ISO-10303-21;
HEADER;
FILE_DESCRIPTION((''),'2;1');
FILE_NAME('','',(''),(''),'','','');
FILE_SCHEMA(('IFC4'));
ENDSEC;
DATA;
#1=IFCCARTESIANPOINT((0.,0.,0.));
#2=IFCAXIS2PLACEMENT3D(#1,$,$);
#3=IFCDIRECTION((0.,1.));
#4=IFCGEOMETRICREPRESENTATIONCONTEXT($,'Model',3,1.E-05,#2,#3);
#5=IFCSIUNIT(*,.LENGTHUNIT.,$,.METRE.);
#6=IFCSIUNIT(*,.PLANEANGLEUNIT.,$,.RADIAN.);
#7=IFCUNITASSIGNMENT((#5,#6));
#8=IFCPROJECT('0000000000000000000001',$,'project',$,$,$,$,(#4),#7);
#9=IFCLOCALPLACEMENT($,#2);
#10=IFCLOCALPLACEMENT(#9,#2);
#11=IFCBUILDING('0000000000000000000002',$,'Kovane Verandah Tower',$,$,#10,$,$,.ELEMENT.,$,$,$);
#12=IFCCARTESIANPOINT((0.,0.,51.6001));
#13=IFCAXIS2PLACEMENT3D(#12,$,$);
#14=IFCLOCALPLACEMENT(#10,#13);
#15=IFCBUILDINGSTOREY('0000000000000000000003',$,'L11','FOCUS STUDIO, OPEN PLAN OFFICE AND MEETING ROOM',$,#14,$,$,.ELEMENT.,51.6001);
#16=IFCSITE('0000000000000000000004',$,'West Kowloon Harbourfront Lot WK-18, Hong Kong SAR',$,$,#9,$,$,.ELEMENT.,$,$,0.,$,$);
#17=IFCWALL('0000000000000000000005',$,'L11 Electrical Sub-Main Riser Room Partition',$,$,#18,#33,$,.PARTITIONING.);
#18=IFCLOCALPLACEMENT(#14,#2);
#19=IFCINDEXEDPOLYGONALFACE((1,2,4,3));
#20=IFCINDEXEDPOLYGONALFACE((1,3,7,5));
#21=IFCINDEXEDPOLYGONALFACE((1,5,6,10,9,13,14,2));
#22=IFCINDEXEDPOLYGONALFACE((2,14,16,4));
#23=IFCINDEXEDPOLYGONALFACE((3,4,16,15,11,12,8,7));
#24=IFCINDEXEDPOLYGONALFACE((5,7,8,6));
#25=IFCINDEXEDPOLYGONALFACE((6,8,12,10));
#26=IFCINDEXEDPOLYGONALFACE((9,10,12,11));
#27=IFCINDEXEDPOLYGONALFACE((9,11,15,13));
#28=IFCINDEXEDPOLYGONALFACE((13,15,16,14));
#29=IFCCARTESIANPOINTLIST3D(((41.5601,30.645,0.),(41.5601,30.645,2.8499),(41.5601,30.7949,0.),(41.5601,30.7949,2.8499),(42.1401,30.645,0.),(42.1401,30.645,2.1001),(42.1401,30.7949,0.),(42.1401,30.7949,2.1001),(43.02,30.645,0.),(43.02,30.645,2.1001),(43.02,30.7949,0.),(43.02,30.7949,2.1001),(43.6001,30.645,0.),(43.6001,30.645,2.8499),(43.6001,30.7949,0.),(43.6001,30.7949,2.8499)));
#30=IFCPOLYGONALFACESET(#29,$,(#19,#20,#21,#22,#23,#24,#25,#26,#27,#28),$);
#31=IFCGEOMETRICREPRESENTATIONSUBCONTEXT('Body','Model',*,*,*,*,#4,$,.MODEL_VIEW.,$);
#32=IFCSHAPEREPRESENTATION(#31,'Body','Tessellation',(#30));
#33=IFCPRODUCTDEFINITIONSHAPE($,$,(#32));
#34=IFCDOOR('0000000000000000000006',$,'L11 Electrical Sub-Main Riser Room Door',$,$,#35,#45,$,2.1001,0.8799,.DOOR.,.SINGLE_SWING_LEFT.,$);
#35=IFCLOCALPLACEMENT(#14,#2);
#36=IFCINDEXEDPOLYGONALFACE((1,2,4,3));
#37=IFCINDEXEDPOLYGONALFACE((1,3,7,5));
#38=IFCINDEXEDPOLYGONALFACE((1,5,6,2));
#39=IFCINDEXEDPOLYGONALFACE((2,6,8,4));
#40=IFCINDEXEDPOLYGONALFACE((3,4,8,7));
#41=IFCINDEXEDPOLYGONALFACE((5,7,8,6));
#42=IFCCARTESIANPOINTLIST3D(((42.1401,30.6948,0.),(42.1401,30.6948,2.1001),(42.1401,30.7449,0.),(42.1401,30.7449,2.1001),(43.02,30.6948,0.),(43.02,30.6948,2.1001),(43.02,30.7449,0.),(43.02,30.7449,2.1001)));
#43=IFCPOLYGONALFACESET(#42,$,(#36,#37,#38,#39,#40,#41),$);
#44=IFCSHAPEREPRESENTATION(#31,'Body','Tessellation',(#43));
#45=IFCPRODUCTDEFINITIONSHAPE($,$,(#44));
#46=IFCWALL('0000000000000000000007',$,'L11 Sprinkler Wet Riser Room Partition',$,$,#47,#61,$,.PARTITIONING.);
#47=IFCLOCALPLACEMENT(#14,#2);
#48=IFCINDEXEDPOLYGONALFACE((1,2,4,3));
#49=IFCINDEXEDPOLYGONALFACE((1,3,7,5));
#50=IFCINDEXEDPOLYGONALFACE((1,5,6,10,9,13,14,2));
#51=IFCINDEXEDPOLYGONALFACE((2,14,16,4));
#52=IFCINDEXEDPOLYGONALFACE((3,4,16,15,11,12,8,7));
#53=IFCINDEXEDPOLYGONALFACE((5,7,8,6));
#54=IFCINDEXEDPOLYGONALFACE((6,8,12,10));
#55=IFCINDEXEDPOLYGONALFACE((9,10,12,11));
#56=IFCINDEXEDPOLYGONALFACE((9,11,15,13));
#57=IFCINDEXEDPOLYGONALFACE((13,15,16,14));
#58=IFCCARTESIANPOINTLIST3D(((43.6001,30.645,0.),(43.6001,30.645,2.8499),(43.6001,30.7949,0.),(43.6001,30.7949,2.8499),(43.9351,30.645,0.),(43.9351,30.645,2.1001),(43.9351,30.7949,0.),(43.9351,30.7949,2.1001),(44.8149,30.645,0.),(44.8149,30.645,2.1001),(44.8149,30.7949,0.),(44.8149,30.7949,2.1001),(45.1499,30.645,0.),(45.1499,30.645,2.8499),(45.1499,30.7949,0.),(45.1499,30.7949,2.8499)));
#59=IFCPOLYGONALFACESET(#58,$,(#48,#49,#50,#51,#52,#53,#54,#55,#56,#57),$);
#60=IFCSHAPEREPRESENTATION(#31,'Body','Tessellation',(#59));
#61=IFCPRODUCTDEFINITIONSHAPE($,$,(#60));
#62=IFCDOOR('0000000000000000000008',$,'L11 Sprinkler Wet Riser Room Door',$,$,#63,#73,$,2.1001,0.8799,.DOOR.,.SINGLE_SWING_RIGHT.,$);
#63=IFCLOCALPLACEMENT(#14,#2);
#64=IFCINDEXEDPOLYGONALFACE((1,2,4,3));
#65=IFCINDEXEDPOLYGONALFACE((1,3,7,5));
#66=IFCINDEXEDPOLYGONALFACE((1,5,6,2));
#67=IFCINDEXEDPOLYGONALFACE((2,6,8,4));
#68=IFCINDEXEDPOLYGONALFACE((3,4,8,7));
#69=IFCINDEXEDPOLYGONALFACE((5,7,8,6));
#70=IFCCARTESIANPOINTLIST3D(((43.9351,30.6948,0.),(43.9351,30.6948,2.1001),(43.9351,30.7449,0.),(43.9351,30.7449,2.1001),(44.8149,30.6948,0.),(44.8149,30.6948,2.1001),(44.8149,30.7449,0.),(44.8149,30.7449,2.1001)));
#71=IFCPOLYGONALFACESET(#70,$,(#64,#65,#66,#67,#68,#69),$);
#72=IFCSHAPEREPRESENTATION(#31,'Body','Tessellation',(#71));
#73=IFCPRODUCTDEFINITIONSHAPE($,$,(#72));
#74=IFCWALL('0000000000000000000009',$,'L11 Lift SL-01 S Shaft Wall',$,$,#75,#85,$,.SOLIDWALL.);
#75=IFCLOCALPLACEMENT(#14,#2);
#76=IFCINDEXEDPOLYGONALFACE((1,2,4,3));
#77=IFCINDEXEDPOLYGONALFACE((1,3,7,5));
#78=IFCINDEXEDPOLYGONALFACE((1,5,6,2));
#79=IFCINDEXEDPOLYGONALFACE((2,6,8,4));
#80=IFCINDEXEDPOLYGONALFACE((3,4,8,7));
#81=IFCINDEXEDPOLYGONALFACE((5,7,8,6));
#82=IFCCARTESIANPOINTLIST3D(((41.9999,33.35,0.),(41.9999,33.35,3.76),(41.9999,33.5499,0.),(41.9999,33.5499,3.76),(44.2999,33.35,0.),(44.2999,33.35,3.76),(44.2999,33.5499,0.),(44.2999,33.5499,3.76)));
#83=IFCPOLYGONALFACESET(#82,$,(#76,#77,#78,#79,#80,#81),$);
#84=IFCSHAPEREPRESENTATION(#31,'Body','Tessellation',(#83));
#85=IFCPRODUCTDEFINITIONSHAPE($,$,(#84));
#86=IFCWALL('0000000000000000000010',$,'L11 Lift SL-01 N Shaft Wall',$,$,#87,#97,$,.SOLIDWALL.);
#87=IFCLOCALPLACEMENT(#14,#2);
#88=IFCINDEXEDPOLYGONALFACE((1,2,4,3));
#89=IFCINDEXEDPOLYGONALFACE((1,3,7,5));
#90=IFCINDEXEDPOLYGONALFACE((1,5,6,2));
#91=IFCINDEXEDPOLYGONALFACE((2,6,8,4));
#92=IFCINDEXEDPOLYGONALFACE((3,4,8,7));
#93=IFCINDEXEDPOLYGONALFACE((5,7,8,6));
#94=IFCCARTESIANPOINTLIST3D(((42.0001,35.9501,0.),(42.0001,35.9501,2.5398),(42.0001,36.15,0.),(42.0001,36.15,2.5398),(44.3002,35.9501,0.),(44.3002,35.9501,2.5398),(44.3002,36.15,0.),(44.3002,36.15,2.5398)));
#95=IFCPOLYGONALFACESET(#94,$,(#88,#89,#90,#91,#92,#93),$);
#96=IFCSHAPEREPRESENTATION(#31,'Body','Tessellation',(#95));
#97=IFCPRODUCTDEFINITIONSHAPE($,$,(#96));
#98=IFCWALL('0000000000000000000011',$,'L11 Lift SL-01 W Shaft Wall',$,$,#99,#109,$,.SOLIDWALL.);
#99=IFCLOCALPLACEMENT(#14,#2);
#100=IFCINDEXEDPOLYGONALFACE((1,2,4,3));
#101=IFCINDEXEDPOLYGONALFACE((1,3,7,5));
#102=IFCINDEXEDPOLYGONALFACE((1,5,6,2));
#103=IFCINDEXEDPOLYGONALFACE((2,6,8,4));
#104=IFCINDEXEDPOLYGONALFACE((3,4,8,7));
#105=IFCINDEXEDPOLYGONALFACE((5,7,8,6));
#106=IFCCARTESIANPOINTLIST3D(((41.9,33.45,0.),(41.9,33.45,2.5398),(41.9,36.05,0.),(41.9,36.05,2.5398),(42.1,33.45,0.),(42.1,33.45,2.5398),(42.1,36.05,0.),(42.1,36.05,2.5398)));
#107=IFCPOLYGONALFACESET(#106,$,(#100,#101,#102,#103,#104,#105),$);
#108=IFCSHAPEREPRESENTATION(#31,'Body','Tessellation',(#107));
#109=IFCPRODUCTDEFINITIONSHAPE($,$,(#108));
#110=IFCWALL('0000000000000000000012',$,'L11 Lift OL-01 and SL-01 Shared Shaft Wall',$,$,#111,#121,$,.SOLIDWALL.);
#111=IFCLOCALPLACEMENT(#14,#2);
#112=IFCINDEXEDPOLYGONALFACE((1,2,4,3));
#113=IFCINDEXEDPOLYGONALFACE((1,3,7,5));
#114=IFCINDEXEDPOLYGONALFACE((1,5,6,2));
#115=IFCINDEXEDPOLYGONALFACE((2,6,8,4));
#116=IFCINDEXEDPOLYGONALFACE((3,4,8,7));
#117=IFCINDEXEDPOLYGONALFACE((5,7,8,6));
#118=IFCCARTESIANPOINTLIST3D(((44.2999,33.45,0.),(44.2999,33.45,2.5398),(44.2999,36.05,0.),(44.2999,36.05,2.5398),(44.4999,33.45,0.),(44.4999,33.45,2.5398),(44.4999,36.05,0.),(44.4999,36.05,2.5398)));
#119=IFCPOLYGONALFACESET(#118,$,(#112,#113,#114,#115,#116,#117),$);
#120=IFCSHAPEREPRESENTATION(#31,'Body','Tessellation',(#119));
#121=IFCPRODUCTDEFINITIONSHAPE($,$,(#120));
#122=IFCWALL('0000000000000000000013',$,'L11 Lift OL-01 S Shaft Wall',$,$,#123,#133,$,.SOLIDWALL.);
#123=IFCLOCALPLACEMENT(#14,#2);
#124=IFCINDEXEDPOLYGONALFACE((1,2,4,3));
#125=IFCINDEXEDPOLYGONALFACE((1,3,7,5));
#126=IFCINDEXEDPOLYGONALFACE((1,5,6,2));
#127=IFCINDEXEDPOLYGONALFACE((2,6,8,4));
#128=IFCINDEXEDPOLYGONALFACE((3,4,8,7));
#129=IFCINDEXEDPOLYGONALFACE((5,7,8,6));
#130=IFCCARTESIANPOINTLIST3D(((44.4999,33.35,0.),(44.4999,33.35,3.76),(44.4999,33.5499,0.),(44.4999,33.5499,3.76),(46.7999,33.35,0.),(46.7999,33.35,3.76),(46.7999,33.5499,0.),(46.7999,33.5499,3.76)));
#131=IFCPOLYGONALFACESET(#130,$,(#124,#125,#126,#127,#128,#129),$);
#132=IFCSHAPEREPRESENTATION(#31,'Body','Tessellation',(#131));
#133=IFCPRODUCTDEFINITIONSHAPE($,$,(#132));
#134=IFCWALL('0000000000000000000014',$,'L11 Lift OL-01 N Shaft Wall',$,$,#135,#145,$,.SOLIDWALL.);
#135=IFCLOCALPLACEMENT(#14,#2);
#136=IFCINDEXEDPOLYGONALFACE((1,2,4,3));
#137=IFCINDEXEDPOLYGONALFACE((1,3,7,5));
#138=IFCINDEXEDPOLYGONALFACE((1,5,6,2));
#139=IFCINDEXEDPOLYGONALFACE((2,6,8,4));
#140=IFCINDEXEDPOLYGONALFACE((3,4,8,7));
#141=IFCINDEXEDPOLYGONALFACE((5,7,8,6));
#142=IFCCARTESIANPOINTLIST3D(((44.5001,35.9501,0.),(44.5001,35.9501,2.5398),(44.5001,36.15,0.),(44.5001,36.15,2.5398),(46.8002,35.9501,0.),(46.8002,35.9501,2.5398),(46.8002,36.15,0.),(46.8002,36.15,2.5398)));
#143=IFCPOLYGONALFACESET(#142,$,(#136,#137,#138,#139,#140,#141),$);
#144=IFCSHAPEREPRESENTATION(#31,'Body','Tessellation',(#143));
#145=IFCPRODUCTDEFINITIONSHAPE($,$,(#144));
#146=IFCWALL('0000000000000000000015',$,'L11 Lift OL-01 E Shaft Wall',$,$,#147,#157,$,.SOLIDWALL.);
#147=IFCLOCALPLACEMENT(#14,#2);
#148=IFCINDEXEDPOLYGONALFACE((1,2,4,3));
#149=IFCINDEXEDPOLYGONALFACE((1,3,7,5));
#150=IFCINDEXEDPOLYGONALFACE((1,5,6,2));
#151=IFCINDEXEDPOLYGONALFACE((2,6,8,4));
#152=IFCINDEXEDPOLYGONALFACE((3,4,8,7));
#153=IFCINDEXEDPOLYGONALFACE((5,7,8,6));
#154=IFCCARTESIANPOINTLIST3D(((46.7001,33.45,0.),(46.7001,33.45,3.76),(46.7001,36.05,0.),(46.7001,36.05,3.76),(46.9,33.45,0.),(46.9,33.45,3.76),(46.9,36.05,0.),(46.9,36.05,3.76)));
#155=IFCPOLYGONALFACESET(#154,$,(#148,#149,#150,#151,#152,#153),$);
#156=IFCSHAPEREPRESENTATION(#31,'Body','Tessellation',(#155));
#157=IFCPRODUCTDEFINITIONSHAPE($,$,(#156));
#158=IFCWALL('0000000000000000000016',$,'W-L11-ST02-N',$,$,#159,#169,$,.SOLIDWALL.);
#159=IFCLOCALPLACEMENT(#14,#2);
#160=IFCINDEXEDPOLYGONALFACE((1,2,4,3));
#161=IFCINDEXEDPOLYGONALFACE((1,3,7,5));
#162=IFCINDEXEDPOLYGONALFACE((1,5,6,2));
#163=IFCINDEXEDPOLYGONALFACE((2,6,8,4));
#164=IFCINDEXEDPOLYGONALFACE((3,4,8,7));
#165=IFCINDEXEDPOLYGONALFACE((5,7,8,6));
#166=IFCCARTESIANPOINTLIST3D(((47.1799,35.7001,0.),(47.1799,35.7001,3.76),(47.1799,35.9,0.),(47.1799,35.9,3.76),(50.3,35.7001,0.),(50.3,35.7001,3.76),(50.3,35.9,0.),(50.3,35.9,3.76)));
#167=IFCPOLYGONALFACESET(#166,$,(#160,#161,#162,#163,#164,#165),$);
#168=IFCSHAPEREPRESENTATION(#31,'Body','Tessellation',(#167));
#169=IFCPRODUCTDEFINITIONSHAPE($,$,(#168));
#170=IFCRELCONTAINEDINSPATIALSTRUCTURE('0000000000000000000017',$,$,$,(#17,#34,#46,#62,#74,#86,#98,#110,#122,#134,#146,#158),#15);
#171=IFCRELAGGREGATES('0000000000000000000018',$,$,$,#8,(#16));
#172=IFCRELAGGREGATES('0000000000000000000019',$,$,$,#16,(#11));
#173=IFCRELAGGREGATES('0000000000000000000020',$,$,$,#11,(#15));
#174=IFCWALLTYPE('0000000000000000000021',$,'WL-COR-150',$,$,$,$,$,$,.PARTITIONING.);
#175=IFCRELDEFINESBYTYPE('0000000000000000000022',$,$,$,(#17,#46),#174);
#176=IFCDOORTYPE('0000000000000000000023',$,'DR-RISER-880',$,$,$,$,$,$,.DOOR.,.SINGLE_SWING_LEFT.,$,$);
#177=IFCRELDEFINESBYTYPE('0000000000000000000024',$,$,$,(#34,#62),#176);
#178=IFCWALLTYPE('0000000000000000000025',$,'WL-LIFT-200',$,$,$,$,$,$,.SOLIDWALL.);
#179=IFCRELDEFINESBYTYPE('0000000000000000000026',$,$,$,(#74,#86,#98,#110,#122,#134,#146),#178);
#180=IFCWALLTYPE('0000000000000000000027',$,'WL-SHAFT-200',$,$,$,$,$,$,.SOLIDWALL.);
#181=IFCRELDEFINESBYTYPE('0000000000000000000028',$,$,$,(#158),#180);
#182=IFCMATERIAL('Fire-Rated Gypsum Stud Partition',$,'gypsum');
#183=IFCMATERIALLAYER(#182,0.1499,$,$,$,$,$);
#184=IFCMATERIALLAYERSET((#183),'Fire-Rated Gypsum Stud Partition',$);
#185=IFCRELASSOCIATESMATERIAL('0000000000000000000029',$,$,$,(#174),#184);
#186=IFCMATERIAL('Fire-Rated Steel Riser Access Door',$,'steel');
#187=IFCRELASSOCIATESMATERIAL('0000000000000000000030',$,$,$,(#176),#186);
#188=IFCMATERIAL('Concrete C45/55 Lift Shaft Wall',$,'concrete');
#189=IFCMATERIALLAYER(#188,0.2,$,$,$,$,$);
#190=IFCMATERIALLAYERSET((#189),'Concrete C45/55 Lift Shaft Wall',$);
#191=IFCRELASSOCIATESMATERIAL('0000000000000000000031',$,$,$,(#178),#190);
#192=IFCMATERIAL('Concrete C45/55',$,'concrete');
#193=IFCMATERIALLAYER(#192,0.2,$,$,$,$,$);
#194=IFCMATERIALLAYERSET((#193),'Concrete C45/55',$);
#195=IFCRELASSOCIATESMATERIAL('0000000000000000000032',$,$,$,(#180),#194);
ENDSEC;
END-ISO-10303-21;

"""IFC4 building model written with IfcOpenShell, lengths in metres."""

from ifc_helpers import new_model, si_unit, direction, frame, frame_2d, origin, place, context, subcontext, project, spatial, rectangle, extrude, material, layer, layer_set, type_object, element, fill, save


model = new_model("IFC4")

# Units and contexts
model_context = context("Model", 3, precision=1e-05, world=origin(), true_north=direction((0.0, 1.0)))
body_context = subcontext(model_context, "Body", "Model", "MODEL_VIEW")
ifc_project = project(units=[si_unit("LENGTHUNIT", "METRE"), si_unit("PLANEANGLEUNIT", "RADIAN")], contexts=[model_context])

# Site, building, storey
site_placement = place(None, origin())
site = spatial("IfcSite", under=ifc_project, at=site_placement, Name="West Kowloon Harbourfront Lot WK-18, Hong Kong SAR", CompositionType="ELEMENT", RefElevation=0.0)
building_placement = place(site_placement, origin())
building = spatial("IfcBuilding", under=site, at=building_placement, Name="Kovane Verandah Tower", CompositionType="ELEMENT")
storey_placement = place(building_placement, frame((0.0, 0.0, 51.6001)))
storey = spatial("IfcBuildingStorey", under=building, at=storey_placement, Name="L11", Description="FOCUS STUDIO, OPEN PLAN OFFICE AND MEETING ROOM", CompositionType="ELEMENT", Elevation=51.6001)

# Walls, openings, doors
ifc_material_1 = material(Name="Fire-Rated Gypsum Stud Partition", Category="gypsum")
ifc_layer_1 = layer(ifc_material_1, 0.1499)
ifc_layer_set_1 = layer_set([ifc_layer_1], Name="Fire-Rated Gypsum Stud Partition")
wall_type_1 = type_object("IfcWallType", Name="WL-COR-150", PredefinedType="PARTITIONING", material=ifc_layer_set_1)
wall_1_placement = place(storey_placement, frame((41.5601, 30.72, 0.0), z_axis=(0.0, 0.0, 1.0), x_axis=(1.0, 0.0, 0.0)))
wall_1 = element("IfcWall", 1, at=wall_1_placement, inside=storey, type_object=wall_type_1, Name="L11 Electrical Sub-Main Riser Room Partition", PredefinedType="PARTITIONING", context=body_context, shape_type="SweptSolid", body=[
    extrude(rectangle(XDim=2.04, YDim=0.1499, at=frame_2d((1.02, 0.0))), origin(), (0.0, 0.0, 1.0), 2.8499),
])
opening_1_placement = place(wall_1_placement, frame((0.5801, 0.0, 0.0)))
opening_1 = element("IfcOpeningElement", 2, at=opening_1_placement, cuts=wall_1, PredefinedType="OPENING", context=body_context, shape_type="SweptSolid", body=[
    extrude(rectangle(XDim=0.8799, YDim=2.1001, at=frame_2d((0.4399, 1.05))), frame((0.0, 0.075, 0.0), z_axis=(0.0, -1.0, 0.0), x_axis=(1.0, 0.0, 0.0)), (0.0, 0.0, 1.0), 0.1499),
])
ifc_material_2 = material(Name="Fire-Rated Steel Riser Access Door", Category="steel")
door_type = type_object("IfcDoorType", Name="DR-RISER-880", OperationType="SINGLE_SWING_LEFT", PredefinedType="DOOR", material=ifc_material_2)
door_1_placement = place(opening_1_placement, origin())
door_1 = element("IfcDoor", 3, at=door_1_placement, inside=storey, type_object=door_type, Name="L11 Electrical Sub-Main Riser Room Door", OperationType="SINGLE_SWING_LEFT", OverallHeight=2.1001, OverallWidth=0.8799, PredefinedType="DOOR", context=body_context, shape_type="SweptSolid", body=[
    extrude(rectangle(XDim=0.8799, YDim=2.1001, at=frame_2d((0.4399, 1.05))), frame((0.0, 0.0249, 0.0), z_axis=(0.0, -1.0, 0.0), x_axis=(1.0, 0.0, 0.0)), (0.0, 0.0, 1.0), 0.05),
])
fill(opening_1, door_1)
wall_2_placement = place(storey_placement, frame((43.6001, 30.72, 0.0), z_axis=(0.0, 0.0, 1.0), x_axis=(1.0, 0.0, 0.0)))
wall_2 = element("IfcWall", 4, at=wall_2_placement, inside=storey, type_object=wall_type_1, Name="L11 Sprinkler Wet Riser Room Partition", PredefinedType="PARTITIONING", context=body_context, shape_type="SweptSolid", body=[
    extrude(rectangle(XDim=1.5498, YDim=0.1499, at=frame_2d((0.7749, 0.0))), origin(), (0.0, 0.0, 1.0), 2.8499),
])
opening_2_placement = place(wall_2_placement, frame((0.335, 0.0, 0.0)))
opening_2 = element("IfcOpeningElement", 5, at=opening_2_placement, cuts=wall_2, PredefinedType="OPENING", context=body_context, shape_type="SweptSolid", body=[
    extrude(rectangle(XDim=0.8799, YDim=2.1001, at=frame_2d((0.4399, 1.05))), frame((0.0, 0.075, 0.0), z_axis=(0.0, -1.0, 0.0), x_axis=(1.0, 0.0, 0.0)), (0.0, 0.0, 1.0), 0.1499),
])
door_2_placement = place(opening_2_placement, origin())
door_2 = element("IfcDoor", 6, at=door_2_placement, inside=storey, type_object=door_type, Name="L11 Sprinkler Wet Riser Room Door", OperationType="SINGLE_SWING_RIGHT", OverallHeight=2.1001, OverallWidth=0.8799, PredefinedType="DOOR", context=body_context, shape_type="SweptSolid", body=[
    extrude(rectangle(XDim=0.8799, YDim=2.1001, at=frame_2d((0.4399, 1.05))), frame((0.0, 0.0249, 0.0), z_axis=(0.0, -1.0, 0.0), x_axis=(1.0, 0.0, 0.0)), (0.0, 0.0, 1.0), 0.05),
])
fill(opening_2, door_2)

# Walls
ifc_material_3 = material(Name="Concrete C45/55 Lift Shaft Wall", Category="concrete")
ifc_layer_2 = layer(ifc_material_3, 0.2)
ifc_layer_set_2 = layer_set([ifc_layer_2], Name="Concrete C45/55 Lift Shaft Wall")
wall_type_2 = type_object("IfcWallType", Name="WL-LIFT-200", PredefinedType="SOLIDWALL", material=ifc_layer_set_2)
wall_3_placement = place(storey_placement, frame((42.0, 33.45, 0.0), z_axis=(0.0, 0.0, 1.0), x_axis=(1.0, 0.0, 0.0)))
element("IfcWall", 7, at=wall_3_placement, inside=storey, type_object=wall_type_2, Name="L11 Lift SL-01 S Shaft Wall", PredefinedType="SOLIDWALL", context=body_context, shape_type="SweptSolid", body=[
    extrude(rectangle(XDim=2.3, YDim=0.2, at=frame_2d((1.1499, 0.0))), origin(), (0.0, 0.0, 1.0), 3.76),
])
wall_4_placement = place(storey_placement, frame((44.3, 36.05, 0.0), z_axis=(0.0, 0.0, 1.0), x_axis=(-1.0, 0.0, 0.0)))
element("IfcWall", 8, at=wall_4_placement, inside=storey, type_object=wall_type_2, Name="L11 Lift SL-01 N Shaft Wall", PredefinedType="SOLIDWALL", context=body_context, shape_type="SweptSolid", body=[
    extrude(rectangle(XDim=2.3, YDim=0.2, at=frame_2d((1.1499, 0.0))), origin(), (0.0, 0.0, 1.0), 2.5398),
])
for number, where, z_axis, x_axis, name in (
    (9, (42.0, 36.05, 0.0), (0.0, 0.0, 1.0), (0.0, -1.0, 0.0), "L11 Lift SL-01 W Shaft Wall"),
    (10, (44.3999, 33.45, 0.0), (0.0, 0.0, 1.0), (0.0, 1.0, 0.0), "L11 Lift OL-01 and SL-01 Shared Shaft Wall"),
):
    element("IfcWall", number, at=place(storey_placement, frame(where, z_axis=z_axis, x_axis=x_axis)), inside=storey, type_object=wall_type_2, Name=name, PredefinedType="SOLIDWALL", context=body_context, shape_type="SweptSolid", body=[
        extrude(rectangle(XDim=2.6001, YDim=0.2, at=frame_2d((1.3, 0.0))), origin(), (0.0, 0.0, 1.0), 2.5398),
    ])
wall_5_placement = place(storey_placement, frame((44.5, 33.45, 0.0), z_axis=(0.0, 0.0, 1.0), x_axis=(1.0, 0.0, 0.0)))
element("IfcWall", 11, at=wall_5_placement, inside=storey, type_object=wall_type_2, Name="L11 Lift OL-01 S Shaft Wall", PredefinedType="SOLIDWALL", context=body_context, shape_type="SweptSolid", body=[
    extrude(rectangle(XDim=2.3, YDim=0.2, at=frame_2d((1.1499, 0.0))), origin(), (0.0, 0.0, 1.0), 3.76),
])
wall_6_placement = place(storey_placement, frame((46.8, 36.05, 0.0), z_axis=(0.0, 0.0, 1.0), x_axis=(-1.0, 0.0, 0.0)))
element("IfcWall", 12, at=wall_6_placement, inside=storey, type_object=wall_type_2, Name="L11 Lift OL-01 N Shaft Wall", PredefinedType="SOLIDWALL", context=body_context, shape_type="SweptSolid", body=[
    extrude(rectangle(XDim=2.3, YDim=0.2, at=frame_2d((1.1499, 0.0))), origin(), (0.0, 0.0, 1.0), 2.5398),
])
wall_7_placement = place(storey_placement, frame((46.8, 33.45, 0.0), z_axis=(0.0, 0.0, 1.0), x_axis=(0.0, 1.0, 0.0)))
element("IfcWall", 13, at=wall_7_placement, inside=storey, type_object=wall_type_2, Name="L11 Lift OL-01 E Shaft Wall", PredefinedType="SOLIDWALL", context=body_context, shape_type="SweptSolid", body=[
    extrude(rectangle(XDim=2.6001, YDim=0.2, at=frame_2d((1.3, 0.0))), origin(), (0.0, 0.0, 1.0), 3.76),
])
ifc_material_4 = material(Name="Concrete C45/55", Category="concrete")
ifc_layer_3 = layer(ifc_material_4, 0.2)
ifc_layer_set_3 = layer_set([ifc_layer_3], Name="Concrete C45/55")
wall_type_3 = type_object("IfcWallType", Name="WL-SHAFT-200", PredefinedType="SOLIDWALL", material=ifc_layer_set_3)
wall_8_placement = place(storey_placement, frame((47.1799, 35.8, 0.0), z_axis=(0.0, 0.0, 1.0), x_axis=(1.0, 0.0, 0.0)))
element("IfcWall", 14, at=wall_8_placement, inside=storey, type_object=wall_type_3, Name="W-L11-ST02-N", PredefinedType="SOLIDWALL", context=body_context, shape_type="SweptSolid", body=[
    extrude(rectangle(XDim=3.1201, YDim=0.2, at=frame_2d((1.5601, 0.0))), origin(), (0.0, 0.0, 1.0), 3.76),
])

save(model, "model.ifc")
